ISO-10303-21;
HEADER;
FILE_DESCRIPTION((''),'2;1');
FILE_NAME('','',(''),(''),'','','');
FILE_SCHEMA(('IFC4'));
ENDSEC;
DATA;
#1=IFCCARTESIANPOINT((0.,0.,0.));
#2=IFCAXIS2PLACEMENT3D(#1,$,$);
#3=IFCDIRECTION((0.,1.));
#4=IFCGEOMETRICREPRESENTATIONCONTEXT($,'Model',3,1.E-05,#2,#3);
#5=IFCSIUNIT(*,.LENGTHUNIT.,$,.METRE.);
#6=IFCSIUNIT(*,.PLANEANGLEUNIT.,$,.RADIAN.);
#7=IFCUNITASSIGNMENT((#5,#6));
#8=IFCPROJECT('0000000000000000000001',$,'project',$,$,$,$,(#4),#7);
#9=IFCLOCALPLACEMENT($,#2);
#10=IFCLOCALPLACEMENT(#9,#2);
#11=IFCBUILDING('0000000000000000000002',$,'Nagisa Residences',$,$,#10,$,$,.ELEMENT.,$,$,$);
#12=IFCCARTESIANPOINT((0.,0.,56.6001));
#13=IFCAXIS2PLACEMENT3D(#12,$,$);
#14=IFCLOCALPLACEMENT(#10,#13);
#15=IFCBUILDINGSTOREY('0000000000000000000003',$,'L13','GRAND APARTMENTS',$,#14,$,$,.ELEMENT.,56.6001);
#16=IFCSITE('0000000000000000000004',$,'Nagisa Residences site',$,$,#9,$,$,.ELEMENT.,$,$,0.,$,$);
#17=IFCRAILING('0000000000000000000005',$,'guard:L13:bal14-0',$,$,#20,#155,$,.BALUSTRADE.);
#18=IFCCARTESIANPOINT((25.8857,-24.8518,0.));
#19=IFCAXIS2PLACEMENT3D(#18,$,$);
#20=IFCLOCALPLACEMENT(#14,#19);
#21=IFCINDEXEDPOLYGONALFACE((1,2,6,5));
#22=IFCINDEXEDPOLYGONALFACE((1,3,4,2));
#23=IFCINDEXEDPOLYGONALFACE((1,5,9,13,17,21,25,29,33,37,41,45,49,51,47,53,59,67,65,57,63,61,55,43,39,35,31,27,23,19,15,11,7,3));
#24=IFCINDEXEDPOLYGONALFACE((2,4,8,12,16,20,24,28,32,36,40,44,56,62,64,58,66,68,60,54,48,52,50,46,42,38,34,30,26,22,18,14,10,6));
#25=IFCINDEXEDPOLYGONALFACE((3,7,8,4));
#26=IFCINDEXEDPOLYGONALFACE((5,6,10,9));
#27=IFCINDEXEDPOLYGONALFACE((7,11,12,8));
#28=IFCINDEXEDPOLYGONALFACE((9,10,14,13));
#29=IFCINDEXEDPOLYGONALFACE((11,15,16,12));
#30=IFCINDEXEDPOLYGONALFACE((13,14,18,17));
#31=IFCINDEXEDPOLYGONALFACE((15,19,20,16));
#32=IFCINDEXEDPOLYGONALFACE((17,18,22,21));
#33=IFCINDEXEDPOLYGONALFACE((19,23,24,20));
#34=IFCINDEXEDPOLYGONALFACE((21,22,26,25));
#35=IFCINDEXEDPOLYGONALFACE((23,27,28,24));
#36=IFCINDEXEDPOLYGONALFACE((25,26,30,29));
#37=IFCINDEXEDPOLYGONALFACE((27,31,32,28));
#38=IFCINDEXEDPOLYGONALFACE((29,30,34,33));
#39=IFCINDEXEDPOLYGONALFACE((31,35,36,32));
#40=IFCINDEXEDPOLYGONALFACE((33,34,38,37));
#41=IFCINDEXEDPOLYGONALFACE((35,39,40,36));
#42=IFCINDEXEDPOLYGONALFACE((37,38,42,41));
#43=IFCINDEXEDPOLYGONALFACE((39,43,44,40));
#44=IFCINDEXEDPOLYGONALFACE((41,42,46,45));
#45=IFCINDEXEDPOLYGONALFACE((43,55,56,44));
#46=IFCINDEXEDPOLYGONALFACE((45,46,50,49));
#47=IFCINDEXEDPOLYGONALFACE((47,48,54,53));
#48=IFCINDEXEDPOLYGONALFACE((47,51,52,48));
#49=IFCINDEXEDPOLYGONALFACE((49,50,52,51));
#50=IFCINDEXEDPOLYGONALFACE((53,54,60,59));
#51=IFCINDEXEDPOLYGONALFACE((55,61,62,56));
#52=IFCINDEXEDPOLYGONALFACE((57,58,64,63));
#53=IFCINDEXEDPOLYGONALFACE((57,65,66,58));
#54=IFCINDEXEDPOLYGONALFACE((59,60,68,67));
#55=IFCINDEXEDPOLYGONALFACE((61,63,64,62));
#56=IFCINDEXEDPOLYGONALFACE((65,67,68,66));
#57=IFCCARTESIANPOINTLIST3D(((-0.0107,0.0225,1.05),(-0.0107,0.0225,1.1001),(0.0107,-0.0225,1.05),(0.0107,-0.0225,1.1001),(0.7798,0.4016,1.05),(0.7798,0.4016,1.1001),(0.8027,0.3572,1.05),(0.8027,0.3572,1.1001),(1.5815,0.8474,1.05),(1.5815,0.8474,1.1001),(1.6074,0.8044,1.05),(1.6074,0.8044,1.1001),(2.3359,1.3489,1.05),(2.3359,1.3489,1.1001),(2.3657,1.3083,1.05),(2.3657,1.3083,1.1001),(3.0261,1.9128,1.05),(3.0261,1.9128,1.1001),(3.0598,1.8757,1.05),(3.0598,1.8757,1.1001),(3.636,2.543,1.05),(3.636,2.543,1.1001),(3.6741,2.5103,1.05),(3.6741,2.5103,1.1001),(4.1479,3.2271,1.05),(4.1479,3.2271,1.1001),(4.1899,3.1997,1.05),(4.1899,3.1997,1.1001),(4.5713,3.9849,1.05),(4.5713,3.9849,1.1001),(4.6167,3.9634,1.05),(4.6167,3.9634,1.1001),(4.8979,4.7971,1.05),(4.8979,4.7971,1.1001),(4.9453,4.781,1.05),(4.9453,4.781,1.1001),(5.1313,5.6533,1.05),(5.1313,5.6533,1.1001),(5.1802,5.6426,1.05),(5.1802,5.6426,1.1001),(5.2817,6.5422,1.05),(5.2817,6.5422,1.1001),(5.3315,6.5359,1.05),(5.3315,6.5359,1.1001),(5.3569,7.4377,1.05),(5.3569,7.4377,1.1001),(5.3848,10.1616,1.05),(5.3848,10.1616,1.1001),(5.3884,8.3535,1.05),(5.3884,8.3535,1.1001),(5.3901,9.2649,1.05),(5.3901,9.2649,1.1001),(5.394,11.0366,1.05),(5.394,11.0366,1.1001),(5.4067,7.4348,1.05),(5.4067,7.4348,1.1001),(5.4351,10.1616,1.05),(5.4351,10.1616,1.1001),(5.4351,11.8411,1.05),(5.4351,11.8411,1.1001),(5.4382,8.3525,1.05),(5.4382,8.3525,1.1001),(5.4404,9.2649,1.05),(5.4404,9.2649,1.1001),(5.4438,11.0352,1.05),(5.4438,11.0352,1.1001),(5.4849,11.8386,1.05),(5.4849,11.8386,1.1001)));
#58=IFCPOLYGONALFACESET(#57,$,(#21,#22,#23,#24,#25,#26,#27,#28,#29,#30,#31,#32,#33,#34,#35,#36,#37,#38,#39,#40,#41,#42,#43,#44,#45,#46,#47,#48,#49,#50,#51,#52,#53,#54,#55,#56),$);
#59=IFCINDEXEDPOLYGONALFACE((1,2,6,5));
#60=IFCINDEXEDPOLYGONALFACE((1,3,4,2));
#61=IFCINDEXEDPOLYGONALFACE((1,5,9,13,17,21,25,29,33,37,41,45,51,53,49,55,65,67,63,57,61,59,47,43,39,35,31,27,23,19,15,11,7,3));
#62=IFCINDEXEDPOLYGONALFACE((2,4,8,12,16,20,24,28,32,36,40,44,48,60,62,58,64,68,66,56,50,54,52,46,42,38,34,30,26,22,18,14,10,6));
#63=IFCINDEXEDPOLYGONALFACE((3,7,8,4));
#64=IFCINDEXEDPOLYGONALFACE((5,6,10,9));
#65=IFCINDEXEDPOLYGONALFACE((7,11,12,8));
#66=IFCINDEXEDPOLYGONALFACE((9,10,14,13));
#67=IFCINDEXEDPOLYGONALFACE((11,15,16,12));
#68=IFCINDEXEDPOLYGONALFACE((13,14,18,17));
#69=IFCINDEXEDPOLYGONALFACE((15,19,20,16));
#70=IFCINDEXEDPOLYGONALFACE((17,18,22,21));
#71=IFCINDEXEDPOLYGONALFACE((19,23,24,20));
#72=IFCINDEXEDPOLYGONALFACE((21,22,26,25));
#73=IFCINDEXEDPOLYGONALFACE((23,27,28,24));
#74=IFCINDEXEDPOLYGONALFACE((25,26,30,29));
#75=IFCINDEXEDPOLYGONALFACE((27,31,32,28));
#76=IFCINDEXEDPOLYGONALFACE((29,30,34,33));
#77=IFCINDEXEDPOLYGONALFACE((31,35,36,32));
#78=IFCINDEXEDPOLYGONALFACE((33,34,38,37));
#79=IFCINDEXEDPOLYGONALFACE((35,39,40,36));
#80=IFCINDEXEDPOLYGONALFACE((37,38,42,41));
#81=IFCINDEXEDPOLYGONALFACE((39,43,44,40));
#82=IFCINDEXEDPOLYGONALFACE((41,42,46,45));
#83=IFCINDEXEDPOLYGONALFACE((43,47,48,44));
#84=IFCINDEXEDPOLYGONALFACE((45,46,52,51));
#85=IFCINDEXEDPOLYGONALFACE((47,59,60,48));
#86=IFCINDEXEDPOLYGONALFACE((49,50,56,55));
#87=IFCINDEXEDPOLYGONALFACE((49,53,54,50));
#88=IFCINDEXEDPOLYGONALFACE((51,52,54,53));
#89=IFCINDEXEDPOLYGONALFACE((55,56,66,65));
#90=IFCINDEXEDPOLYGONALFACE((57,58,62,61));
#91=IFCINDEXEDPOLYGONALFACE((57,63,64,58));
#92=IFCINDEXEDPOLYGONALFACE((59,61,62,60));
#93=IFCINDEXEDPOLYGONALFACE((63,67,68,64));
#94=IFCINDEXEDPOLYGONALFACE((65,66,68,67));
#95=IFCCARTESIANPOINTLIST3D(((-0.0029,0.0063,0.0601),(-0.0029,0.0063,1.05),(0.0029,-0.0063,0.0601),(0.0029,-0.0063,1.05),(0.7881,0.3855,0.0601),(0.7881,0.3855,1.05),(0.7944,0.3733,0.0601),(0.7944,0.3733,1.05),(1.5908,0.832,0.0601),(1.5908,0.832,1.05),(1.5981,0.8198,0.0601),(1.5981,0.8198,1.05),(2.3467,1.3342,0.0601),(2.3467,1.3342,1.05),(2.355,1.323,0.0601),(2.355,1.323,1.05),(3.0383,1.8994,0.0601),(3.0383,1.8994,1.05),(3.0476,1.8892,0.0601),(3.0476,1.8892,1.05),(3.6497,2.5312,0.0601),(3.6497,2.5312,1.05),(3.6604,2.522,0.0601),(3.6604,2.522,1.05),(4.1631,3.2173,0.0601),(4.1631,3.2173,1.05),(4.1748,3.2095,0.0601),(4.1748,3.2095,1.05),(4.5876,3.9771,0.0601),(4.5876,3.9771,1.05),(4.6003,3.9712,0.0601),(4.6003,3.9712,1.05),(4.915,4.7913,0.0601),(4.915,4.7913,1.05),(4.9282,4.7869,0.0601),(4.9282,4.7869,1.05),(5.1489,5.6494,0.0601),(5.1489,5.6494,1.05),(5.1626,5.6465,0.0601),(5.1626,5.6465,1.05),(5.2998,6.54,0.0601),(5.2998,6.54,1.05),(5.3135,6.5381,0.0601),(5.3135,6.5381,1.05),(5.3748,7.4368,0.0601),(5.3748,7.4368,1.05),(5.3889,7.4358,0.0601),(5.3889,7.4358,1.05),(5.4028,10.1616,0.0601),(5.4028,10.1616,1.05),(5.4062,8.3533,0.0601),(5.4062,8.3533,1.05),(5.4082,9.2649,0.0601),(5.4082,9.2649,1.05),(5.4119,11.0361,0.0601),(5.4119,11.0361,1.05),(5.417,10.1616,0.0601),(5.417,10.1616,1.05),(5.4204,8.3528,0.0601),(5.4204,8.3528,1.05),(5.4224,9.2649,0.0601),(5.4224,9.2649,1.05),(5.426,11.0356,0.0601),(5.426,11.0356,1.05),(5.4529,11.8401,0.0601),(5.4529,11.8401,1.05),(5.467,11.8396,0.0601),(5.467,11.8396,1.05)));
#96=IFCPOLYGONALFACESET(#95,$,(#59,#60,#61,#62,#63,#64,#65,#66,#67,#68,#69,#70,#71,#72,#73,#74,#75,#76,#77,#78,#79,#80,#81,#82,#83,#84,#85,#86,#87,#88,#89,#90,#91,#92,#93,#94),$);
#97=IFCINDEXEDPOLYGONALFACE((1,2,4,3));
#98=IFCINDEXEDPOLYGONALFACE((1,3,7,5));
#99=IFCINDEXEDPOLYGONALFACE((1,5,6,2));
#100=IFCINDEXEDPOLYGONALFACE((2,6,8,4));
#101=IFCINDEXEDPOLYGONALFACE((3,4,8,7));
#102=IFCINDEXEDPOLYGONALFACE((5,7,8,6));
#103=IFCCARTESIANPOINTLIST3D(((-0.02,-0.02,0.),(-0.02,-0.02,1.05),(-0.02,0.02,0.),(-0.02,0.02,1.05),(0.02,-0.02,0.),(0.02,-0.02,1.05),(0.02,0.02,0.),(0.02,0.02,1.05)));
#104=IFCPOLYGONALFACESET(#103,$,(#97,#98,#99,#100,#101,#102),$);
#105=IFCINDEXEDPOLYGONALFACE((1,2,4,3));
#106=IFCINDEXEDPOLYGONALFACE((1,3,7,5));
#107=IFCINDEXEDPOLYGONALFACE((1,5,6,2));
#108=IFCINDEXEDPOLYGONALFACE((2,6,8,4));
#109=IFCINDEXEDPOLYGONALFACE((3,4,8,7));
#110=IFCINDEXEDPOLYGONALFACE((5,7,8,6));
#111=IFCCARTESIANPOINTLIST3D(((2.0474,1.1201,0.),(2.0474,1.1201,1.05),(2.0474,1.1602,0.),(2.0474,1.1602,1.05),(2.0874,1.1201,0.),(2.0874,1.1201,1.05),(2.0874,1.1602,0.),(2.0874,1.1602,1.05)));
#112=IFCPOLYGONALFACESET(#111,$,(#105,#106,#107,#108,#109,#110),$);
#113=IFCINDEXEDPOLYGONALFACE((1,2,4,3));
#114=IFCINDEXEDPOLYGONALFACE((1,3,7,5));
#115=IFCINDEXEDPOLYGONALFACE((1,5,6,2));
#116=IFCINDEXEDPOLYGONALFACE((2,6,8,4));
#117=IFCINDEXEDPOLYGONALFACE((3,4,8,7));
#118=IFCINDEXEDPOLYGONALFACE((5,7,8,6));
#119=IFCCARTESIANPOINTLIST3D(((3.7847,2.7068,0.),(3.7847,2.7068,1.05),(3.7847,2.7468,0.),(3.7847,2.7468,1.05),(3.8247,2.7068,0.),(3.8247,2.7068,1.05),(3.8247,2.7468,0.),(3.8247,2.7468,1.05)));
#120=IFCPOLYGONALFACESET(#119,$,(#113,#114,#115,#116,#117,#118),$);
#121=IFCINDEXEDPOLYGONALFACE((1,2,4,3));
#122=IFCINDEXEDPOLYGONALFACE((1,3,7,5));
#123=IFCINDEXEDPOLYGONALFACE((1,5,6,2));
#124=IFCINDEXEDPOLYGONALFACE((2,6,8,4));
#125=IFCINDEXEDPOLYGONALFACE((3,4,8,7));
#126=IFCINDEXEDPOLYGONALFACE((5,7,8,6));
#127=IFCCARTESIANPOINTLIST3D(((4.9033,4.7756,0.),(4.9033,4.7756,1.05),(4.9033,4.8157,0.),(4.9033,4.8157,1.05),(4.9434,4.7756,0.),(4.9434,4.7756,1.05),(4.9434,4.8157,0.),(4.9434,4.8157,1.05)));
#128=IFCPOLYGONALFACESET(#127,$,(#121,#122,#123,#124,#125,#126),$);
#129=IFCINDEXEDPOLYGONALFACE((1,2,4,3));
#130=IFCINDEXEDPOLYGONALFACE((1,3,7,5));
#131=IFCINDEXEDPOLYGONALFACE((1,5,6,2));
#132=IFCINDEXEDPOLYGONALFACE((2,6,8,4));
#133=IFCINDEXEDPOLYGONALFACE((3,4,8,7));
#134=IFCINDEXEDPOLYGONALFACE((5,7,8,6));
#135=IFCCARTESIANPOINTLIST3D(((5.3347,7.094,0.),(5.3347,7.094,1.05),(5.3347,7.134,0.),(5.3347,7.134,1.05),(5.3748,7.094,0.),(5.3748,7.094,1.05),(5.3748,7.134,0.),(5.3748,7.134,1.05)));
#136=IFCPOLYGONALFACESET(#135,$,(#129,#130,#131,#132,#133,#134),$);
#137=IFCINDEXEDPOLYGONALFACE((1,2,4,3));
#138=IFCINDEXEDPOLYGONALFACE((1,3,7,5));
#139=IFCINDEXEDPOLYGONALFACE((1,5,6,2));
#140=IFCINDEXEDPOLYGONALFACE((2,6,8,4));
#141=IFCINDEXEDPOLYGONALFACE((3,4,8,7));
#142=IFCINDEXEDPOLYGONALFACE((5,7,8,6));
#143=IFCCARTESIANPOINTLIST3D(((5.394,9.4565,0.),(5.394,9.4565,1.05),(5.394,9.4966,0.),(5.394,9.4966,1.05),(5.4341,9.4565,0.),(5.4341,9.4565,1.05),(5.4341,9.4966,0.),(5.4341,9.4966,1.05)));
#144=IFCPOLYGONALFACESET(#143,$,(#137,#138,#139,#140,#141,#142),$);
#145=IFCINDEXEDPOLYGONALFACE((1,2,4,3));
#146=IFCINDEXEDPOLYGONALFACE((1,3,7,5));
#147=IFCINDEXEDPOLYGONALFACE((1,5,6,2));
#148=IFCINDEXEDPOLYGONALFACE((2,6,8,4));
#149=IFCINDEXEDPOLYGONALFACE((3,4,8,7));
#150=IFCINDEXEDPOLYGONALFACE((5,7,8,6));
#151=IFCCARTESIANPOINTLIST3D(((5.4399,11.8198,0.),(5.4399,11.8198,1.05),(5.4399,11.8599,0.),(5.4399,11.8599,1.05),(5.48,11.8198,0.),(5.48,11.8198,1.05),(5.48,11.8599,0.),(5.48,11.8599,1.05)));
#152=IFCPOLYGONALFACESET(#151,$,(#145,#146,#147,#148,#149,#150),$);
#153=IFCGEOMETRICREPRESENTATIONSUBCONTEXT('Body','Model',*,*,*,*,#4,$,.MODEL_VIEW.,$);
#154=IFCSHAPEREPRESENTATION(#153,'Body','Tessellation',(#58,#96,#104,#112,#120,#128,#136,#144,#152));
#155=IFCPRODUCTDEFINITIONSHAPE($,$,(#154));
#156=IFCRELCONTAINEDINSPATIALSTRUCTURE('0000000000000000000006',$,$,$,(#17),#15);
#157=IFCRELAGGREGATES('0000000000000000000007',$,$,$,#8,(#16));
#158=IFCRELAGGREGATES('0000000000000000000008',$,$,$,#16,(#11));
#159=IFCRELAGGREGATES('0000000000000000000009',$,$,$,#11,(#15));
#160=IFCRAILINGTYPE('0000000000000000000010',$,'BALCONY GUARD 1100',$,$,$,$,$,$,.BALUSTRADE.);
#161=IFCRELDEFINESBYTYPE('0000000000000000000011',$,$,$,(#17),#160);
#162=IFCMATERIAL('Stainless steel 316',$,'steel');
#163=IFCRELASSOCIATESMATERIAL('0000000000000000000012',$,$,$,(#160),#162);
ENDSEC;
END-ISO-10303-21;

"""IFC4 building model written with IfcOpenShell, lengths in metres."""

from ifc_helpers import new_model, si_unit, direction, frame, origin, origin_2d, place, context, subcontext, project, spatial, polyline, rectangle, outline, extrude, material, type_object, element, save


model = new_model("IFC4")

# Units and contexts
model_context = context("Model", 3, precision=1e-05, world=origin(), true_north=direction((0.0, 1.0)))
body_context = subcontext(model_context, "Body", "Model", "MODEL_VIEW")
ifc_project = project(units=[si_unit("LENGTHUNIT", "METRE"), si_unit("PLANEANGLEUNIT", "RADIAN")], contexts=[model_context])

# Site, building, storey
site_placement = place(None, origin())
site = spatial("IfcSite", under=ifc_project, at=site_placement, Name="Nagisa Residences site", CompositionType="ELEMENT", RefElevation=0.0)
building_placement = place(site_placement, origin())
building = spatial("IfcBuilding", under=site, at=building_placement, Name="Nagisa Residences", CompositionType="ELEMENT")
storey_placement = place(building_placement, frame((0.0, 0.0, 56.6001)))
storey = spatial("IfcBuildingStorey", under=building, at=storey_placement, Name="L13", Description="GRAND APARTMENTS", CompositionType="ELEMENT", Elevation=56.6001)

# Railing
ifc_material_1 = material(Name="Stainless steel 316", Category="steel")
railing_type = type_object("IfcRailingType", Name="BALCONY GUARD 1100", PredefinedType="BALUSTRADE", material=ifc_material_1)
railing_placement = place(storey_placement, frame((25.8857, -24.8518, 0.0)))
element("IfcRailing", 1, at=railing_placement, inside=storey, type_object=railing_type, Name="guard:L13:bal14-0", PredefinedType="BALUSTRADE", context=body_context, shape_type="SweptSolid", body=[
    extrude(outline(polyline([(0.7798, 0.4016), (-0.0107, 0.0225), (0.0107, -0.0225), (0.8027, 0.3572), (1.6074, 0.8044), (2.3657, 1.3083), (3.0598, 1.8757), (3.6741, 2.5103), (4.1899, 3.1997), (4.6167, 3.9634), (4.9453, 4.781), (5.1802, 5.6426), (5.3315, 6.5359), (5.4067, 7.4348), (5.4382, 8.3525), (5.4404, 9.2649), (5.4351, 10.1616), (5.4438, 11.0352), (5.4849, 11.8386), (5.4351, 11.8411), (5.394, 11.0366), (5.3848, 10.1616), (5.3901, 9.2649), (5.3884, 8.3535), (5.3569, 7.4377), (5.2817, 6.5422), (5.1313, 5.6533), (4.8979, 4.7971), (4.5713, 3.9849), (4.1479, 3.2271), (3.636, 2.543), (3.0261, 1.9128), (2.3359, 1.3489), (1.5815, 0.8474), (0.7798, 0.4016)])), frame((0.0, 0.0, 1.05)), (0.0, 0.0, 1.0), 0.05),
    extrude(outline(polyline([(0.7881, 0.3855), (-0.0029, 0.0063), (0.0029, -0.0063), (0.7944, 0.3733), (1.5981, 0.8198), (2.355, 1.323), (3.0476, 1.8892), (3.6604, 2.522), (4.1748, 3.2095), (4.6003, 3.9712), (4.9282, 4.7869), (5.1626, 5.6465), (5.3135, 6.5381), (5.3889, 7.4358), (5.4204, 8.3528), (5.4224, 9.2649), (5.417, 10.1616), (5.426, 11.0356), (5.467, 11.8396), (5.4529, 11.8401), (5.4119, 11.0361), (5.4028, 10.1616), (5.4082, 9.2649), (5.4062, 8.3533), (5.3748, 7.4368), (5.2998, 6.54), (5.1489, 5.6494), (4.915, 4.7913), (4.5876, 3.9771), (4.1631, 3.2173), (3.6497, 2.5312), (3.0383, 1.8994), (2.3467, 1.3342), (1.5908, 0.832), (0.7881, 0.3855)])), frame((0.0, 0.0, 0.0601)), (0.0, 0.0, 1.0), 0.99),
    extrude(rectangle(XDim=0.04, YDim=0.04, at=origin_2d()), origin(), (0.0, 0.0, 1.0), 1.05),
    extrude(rectangle(XDim=0.04, YDim=0.04, at=origin_2d()), frame((2.0674, 1.1401, 0.0)), (0.0, 0.0, 1.0), 1.05),
    extrude(rectangle(XDim=0.04, YDim=0.04, at=origin_2d()), frame((3.8047, 2.7268, 0.0)), (0.0, 0.0, 1.0), 1.05),
    extrude(rectangle(XDim=0.04, YDim=0.04, at=origin_2d()), frame((4.9233, 4.7957, 0.0)), (0.0, 0.0, 1.0), 1.05),
    extrude(rectangle(XDim=0.04, YDim=0.04, at=origin_2d()), frame((5.3547, 7.114, 0.0)), (0.0, 0.0, 1.0), 1.05),
    extrude(rectangle(XDim=0.04, YDim=0.04, at=origin_2d()), frame((5.4141, 9.4766, 0.0)), (0.0, 0.0, 1.0), 1.05),
    extrude(rectangle(XDim=0.04, YDim=0.04, at=origin_2d()), frame((5.46, 11.8398, 0.0)), (0.0, 0.0, 1.0), 1.05),
])

save(model, "model.ifc")
